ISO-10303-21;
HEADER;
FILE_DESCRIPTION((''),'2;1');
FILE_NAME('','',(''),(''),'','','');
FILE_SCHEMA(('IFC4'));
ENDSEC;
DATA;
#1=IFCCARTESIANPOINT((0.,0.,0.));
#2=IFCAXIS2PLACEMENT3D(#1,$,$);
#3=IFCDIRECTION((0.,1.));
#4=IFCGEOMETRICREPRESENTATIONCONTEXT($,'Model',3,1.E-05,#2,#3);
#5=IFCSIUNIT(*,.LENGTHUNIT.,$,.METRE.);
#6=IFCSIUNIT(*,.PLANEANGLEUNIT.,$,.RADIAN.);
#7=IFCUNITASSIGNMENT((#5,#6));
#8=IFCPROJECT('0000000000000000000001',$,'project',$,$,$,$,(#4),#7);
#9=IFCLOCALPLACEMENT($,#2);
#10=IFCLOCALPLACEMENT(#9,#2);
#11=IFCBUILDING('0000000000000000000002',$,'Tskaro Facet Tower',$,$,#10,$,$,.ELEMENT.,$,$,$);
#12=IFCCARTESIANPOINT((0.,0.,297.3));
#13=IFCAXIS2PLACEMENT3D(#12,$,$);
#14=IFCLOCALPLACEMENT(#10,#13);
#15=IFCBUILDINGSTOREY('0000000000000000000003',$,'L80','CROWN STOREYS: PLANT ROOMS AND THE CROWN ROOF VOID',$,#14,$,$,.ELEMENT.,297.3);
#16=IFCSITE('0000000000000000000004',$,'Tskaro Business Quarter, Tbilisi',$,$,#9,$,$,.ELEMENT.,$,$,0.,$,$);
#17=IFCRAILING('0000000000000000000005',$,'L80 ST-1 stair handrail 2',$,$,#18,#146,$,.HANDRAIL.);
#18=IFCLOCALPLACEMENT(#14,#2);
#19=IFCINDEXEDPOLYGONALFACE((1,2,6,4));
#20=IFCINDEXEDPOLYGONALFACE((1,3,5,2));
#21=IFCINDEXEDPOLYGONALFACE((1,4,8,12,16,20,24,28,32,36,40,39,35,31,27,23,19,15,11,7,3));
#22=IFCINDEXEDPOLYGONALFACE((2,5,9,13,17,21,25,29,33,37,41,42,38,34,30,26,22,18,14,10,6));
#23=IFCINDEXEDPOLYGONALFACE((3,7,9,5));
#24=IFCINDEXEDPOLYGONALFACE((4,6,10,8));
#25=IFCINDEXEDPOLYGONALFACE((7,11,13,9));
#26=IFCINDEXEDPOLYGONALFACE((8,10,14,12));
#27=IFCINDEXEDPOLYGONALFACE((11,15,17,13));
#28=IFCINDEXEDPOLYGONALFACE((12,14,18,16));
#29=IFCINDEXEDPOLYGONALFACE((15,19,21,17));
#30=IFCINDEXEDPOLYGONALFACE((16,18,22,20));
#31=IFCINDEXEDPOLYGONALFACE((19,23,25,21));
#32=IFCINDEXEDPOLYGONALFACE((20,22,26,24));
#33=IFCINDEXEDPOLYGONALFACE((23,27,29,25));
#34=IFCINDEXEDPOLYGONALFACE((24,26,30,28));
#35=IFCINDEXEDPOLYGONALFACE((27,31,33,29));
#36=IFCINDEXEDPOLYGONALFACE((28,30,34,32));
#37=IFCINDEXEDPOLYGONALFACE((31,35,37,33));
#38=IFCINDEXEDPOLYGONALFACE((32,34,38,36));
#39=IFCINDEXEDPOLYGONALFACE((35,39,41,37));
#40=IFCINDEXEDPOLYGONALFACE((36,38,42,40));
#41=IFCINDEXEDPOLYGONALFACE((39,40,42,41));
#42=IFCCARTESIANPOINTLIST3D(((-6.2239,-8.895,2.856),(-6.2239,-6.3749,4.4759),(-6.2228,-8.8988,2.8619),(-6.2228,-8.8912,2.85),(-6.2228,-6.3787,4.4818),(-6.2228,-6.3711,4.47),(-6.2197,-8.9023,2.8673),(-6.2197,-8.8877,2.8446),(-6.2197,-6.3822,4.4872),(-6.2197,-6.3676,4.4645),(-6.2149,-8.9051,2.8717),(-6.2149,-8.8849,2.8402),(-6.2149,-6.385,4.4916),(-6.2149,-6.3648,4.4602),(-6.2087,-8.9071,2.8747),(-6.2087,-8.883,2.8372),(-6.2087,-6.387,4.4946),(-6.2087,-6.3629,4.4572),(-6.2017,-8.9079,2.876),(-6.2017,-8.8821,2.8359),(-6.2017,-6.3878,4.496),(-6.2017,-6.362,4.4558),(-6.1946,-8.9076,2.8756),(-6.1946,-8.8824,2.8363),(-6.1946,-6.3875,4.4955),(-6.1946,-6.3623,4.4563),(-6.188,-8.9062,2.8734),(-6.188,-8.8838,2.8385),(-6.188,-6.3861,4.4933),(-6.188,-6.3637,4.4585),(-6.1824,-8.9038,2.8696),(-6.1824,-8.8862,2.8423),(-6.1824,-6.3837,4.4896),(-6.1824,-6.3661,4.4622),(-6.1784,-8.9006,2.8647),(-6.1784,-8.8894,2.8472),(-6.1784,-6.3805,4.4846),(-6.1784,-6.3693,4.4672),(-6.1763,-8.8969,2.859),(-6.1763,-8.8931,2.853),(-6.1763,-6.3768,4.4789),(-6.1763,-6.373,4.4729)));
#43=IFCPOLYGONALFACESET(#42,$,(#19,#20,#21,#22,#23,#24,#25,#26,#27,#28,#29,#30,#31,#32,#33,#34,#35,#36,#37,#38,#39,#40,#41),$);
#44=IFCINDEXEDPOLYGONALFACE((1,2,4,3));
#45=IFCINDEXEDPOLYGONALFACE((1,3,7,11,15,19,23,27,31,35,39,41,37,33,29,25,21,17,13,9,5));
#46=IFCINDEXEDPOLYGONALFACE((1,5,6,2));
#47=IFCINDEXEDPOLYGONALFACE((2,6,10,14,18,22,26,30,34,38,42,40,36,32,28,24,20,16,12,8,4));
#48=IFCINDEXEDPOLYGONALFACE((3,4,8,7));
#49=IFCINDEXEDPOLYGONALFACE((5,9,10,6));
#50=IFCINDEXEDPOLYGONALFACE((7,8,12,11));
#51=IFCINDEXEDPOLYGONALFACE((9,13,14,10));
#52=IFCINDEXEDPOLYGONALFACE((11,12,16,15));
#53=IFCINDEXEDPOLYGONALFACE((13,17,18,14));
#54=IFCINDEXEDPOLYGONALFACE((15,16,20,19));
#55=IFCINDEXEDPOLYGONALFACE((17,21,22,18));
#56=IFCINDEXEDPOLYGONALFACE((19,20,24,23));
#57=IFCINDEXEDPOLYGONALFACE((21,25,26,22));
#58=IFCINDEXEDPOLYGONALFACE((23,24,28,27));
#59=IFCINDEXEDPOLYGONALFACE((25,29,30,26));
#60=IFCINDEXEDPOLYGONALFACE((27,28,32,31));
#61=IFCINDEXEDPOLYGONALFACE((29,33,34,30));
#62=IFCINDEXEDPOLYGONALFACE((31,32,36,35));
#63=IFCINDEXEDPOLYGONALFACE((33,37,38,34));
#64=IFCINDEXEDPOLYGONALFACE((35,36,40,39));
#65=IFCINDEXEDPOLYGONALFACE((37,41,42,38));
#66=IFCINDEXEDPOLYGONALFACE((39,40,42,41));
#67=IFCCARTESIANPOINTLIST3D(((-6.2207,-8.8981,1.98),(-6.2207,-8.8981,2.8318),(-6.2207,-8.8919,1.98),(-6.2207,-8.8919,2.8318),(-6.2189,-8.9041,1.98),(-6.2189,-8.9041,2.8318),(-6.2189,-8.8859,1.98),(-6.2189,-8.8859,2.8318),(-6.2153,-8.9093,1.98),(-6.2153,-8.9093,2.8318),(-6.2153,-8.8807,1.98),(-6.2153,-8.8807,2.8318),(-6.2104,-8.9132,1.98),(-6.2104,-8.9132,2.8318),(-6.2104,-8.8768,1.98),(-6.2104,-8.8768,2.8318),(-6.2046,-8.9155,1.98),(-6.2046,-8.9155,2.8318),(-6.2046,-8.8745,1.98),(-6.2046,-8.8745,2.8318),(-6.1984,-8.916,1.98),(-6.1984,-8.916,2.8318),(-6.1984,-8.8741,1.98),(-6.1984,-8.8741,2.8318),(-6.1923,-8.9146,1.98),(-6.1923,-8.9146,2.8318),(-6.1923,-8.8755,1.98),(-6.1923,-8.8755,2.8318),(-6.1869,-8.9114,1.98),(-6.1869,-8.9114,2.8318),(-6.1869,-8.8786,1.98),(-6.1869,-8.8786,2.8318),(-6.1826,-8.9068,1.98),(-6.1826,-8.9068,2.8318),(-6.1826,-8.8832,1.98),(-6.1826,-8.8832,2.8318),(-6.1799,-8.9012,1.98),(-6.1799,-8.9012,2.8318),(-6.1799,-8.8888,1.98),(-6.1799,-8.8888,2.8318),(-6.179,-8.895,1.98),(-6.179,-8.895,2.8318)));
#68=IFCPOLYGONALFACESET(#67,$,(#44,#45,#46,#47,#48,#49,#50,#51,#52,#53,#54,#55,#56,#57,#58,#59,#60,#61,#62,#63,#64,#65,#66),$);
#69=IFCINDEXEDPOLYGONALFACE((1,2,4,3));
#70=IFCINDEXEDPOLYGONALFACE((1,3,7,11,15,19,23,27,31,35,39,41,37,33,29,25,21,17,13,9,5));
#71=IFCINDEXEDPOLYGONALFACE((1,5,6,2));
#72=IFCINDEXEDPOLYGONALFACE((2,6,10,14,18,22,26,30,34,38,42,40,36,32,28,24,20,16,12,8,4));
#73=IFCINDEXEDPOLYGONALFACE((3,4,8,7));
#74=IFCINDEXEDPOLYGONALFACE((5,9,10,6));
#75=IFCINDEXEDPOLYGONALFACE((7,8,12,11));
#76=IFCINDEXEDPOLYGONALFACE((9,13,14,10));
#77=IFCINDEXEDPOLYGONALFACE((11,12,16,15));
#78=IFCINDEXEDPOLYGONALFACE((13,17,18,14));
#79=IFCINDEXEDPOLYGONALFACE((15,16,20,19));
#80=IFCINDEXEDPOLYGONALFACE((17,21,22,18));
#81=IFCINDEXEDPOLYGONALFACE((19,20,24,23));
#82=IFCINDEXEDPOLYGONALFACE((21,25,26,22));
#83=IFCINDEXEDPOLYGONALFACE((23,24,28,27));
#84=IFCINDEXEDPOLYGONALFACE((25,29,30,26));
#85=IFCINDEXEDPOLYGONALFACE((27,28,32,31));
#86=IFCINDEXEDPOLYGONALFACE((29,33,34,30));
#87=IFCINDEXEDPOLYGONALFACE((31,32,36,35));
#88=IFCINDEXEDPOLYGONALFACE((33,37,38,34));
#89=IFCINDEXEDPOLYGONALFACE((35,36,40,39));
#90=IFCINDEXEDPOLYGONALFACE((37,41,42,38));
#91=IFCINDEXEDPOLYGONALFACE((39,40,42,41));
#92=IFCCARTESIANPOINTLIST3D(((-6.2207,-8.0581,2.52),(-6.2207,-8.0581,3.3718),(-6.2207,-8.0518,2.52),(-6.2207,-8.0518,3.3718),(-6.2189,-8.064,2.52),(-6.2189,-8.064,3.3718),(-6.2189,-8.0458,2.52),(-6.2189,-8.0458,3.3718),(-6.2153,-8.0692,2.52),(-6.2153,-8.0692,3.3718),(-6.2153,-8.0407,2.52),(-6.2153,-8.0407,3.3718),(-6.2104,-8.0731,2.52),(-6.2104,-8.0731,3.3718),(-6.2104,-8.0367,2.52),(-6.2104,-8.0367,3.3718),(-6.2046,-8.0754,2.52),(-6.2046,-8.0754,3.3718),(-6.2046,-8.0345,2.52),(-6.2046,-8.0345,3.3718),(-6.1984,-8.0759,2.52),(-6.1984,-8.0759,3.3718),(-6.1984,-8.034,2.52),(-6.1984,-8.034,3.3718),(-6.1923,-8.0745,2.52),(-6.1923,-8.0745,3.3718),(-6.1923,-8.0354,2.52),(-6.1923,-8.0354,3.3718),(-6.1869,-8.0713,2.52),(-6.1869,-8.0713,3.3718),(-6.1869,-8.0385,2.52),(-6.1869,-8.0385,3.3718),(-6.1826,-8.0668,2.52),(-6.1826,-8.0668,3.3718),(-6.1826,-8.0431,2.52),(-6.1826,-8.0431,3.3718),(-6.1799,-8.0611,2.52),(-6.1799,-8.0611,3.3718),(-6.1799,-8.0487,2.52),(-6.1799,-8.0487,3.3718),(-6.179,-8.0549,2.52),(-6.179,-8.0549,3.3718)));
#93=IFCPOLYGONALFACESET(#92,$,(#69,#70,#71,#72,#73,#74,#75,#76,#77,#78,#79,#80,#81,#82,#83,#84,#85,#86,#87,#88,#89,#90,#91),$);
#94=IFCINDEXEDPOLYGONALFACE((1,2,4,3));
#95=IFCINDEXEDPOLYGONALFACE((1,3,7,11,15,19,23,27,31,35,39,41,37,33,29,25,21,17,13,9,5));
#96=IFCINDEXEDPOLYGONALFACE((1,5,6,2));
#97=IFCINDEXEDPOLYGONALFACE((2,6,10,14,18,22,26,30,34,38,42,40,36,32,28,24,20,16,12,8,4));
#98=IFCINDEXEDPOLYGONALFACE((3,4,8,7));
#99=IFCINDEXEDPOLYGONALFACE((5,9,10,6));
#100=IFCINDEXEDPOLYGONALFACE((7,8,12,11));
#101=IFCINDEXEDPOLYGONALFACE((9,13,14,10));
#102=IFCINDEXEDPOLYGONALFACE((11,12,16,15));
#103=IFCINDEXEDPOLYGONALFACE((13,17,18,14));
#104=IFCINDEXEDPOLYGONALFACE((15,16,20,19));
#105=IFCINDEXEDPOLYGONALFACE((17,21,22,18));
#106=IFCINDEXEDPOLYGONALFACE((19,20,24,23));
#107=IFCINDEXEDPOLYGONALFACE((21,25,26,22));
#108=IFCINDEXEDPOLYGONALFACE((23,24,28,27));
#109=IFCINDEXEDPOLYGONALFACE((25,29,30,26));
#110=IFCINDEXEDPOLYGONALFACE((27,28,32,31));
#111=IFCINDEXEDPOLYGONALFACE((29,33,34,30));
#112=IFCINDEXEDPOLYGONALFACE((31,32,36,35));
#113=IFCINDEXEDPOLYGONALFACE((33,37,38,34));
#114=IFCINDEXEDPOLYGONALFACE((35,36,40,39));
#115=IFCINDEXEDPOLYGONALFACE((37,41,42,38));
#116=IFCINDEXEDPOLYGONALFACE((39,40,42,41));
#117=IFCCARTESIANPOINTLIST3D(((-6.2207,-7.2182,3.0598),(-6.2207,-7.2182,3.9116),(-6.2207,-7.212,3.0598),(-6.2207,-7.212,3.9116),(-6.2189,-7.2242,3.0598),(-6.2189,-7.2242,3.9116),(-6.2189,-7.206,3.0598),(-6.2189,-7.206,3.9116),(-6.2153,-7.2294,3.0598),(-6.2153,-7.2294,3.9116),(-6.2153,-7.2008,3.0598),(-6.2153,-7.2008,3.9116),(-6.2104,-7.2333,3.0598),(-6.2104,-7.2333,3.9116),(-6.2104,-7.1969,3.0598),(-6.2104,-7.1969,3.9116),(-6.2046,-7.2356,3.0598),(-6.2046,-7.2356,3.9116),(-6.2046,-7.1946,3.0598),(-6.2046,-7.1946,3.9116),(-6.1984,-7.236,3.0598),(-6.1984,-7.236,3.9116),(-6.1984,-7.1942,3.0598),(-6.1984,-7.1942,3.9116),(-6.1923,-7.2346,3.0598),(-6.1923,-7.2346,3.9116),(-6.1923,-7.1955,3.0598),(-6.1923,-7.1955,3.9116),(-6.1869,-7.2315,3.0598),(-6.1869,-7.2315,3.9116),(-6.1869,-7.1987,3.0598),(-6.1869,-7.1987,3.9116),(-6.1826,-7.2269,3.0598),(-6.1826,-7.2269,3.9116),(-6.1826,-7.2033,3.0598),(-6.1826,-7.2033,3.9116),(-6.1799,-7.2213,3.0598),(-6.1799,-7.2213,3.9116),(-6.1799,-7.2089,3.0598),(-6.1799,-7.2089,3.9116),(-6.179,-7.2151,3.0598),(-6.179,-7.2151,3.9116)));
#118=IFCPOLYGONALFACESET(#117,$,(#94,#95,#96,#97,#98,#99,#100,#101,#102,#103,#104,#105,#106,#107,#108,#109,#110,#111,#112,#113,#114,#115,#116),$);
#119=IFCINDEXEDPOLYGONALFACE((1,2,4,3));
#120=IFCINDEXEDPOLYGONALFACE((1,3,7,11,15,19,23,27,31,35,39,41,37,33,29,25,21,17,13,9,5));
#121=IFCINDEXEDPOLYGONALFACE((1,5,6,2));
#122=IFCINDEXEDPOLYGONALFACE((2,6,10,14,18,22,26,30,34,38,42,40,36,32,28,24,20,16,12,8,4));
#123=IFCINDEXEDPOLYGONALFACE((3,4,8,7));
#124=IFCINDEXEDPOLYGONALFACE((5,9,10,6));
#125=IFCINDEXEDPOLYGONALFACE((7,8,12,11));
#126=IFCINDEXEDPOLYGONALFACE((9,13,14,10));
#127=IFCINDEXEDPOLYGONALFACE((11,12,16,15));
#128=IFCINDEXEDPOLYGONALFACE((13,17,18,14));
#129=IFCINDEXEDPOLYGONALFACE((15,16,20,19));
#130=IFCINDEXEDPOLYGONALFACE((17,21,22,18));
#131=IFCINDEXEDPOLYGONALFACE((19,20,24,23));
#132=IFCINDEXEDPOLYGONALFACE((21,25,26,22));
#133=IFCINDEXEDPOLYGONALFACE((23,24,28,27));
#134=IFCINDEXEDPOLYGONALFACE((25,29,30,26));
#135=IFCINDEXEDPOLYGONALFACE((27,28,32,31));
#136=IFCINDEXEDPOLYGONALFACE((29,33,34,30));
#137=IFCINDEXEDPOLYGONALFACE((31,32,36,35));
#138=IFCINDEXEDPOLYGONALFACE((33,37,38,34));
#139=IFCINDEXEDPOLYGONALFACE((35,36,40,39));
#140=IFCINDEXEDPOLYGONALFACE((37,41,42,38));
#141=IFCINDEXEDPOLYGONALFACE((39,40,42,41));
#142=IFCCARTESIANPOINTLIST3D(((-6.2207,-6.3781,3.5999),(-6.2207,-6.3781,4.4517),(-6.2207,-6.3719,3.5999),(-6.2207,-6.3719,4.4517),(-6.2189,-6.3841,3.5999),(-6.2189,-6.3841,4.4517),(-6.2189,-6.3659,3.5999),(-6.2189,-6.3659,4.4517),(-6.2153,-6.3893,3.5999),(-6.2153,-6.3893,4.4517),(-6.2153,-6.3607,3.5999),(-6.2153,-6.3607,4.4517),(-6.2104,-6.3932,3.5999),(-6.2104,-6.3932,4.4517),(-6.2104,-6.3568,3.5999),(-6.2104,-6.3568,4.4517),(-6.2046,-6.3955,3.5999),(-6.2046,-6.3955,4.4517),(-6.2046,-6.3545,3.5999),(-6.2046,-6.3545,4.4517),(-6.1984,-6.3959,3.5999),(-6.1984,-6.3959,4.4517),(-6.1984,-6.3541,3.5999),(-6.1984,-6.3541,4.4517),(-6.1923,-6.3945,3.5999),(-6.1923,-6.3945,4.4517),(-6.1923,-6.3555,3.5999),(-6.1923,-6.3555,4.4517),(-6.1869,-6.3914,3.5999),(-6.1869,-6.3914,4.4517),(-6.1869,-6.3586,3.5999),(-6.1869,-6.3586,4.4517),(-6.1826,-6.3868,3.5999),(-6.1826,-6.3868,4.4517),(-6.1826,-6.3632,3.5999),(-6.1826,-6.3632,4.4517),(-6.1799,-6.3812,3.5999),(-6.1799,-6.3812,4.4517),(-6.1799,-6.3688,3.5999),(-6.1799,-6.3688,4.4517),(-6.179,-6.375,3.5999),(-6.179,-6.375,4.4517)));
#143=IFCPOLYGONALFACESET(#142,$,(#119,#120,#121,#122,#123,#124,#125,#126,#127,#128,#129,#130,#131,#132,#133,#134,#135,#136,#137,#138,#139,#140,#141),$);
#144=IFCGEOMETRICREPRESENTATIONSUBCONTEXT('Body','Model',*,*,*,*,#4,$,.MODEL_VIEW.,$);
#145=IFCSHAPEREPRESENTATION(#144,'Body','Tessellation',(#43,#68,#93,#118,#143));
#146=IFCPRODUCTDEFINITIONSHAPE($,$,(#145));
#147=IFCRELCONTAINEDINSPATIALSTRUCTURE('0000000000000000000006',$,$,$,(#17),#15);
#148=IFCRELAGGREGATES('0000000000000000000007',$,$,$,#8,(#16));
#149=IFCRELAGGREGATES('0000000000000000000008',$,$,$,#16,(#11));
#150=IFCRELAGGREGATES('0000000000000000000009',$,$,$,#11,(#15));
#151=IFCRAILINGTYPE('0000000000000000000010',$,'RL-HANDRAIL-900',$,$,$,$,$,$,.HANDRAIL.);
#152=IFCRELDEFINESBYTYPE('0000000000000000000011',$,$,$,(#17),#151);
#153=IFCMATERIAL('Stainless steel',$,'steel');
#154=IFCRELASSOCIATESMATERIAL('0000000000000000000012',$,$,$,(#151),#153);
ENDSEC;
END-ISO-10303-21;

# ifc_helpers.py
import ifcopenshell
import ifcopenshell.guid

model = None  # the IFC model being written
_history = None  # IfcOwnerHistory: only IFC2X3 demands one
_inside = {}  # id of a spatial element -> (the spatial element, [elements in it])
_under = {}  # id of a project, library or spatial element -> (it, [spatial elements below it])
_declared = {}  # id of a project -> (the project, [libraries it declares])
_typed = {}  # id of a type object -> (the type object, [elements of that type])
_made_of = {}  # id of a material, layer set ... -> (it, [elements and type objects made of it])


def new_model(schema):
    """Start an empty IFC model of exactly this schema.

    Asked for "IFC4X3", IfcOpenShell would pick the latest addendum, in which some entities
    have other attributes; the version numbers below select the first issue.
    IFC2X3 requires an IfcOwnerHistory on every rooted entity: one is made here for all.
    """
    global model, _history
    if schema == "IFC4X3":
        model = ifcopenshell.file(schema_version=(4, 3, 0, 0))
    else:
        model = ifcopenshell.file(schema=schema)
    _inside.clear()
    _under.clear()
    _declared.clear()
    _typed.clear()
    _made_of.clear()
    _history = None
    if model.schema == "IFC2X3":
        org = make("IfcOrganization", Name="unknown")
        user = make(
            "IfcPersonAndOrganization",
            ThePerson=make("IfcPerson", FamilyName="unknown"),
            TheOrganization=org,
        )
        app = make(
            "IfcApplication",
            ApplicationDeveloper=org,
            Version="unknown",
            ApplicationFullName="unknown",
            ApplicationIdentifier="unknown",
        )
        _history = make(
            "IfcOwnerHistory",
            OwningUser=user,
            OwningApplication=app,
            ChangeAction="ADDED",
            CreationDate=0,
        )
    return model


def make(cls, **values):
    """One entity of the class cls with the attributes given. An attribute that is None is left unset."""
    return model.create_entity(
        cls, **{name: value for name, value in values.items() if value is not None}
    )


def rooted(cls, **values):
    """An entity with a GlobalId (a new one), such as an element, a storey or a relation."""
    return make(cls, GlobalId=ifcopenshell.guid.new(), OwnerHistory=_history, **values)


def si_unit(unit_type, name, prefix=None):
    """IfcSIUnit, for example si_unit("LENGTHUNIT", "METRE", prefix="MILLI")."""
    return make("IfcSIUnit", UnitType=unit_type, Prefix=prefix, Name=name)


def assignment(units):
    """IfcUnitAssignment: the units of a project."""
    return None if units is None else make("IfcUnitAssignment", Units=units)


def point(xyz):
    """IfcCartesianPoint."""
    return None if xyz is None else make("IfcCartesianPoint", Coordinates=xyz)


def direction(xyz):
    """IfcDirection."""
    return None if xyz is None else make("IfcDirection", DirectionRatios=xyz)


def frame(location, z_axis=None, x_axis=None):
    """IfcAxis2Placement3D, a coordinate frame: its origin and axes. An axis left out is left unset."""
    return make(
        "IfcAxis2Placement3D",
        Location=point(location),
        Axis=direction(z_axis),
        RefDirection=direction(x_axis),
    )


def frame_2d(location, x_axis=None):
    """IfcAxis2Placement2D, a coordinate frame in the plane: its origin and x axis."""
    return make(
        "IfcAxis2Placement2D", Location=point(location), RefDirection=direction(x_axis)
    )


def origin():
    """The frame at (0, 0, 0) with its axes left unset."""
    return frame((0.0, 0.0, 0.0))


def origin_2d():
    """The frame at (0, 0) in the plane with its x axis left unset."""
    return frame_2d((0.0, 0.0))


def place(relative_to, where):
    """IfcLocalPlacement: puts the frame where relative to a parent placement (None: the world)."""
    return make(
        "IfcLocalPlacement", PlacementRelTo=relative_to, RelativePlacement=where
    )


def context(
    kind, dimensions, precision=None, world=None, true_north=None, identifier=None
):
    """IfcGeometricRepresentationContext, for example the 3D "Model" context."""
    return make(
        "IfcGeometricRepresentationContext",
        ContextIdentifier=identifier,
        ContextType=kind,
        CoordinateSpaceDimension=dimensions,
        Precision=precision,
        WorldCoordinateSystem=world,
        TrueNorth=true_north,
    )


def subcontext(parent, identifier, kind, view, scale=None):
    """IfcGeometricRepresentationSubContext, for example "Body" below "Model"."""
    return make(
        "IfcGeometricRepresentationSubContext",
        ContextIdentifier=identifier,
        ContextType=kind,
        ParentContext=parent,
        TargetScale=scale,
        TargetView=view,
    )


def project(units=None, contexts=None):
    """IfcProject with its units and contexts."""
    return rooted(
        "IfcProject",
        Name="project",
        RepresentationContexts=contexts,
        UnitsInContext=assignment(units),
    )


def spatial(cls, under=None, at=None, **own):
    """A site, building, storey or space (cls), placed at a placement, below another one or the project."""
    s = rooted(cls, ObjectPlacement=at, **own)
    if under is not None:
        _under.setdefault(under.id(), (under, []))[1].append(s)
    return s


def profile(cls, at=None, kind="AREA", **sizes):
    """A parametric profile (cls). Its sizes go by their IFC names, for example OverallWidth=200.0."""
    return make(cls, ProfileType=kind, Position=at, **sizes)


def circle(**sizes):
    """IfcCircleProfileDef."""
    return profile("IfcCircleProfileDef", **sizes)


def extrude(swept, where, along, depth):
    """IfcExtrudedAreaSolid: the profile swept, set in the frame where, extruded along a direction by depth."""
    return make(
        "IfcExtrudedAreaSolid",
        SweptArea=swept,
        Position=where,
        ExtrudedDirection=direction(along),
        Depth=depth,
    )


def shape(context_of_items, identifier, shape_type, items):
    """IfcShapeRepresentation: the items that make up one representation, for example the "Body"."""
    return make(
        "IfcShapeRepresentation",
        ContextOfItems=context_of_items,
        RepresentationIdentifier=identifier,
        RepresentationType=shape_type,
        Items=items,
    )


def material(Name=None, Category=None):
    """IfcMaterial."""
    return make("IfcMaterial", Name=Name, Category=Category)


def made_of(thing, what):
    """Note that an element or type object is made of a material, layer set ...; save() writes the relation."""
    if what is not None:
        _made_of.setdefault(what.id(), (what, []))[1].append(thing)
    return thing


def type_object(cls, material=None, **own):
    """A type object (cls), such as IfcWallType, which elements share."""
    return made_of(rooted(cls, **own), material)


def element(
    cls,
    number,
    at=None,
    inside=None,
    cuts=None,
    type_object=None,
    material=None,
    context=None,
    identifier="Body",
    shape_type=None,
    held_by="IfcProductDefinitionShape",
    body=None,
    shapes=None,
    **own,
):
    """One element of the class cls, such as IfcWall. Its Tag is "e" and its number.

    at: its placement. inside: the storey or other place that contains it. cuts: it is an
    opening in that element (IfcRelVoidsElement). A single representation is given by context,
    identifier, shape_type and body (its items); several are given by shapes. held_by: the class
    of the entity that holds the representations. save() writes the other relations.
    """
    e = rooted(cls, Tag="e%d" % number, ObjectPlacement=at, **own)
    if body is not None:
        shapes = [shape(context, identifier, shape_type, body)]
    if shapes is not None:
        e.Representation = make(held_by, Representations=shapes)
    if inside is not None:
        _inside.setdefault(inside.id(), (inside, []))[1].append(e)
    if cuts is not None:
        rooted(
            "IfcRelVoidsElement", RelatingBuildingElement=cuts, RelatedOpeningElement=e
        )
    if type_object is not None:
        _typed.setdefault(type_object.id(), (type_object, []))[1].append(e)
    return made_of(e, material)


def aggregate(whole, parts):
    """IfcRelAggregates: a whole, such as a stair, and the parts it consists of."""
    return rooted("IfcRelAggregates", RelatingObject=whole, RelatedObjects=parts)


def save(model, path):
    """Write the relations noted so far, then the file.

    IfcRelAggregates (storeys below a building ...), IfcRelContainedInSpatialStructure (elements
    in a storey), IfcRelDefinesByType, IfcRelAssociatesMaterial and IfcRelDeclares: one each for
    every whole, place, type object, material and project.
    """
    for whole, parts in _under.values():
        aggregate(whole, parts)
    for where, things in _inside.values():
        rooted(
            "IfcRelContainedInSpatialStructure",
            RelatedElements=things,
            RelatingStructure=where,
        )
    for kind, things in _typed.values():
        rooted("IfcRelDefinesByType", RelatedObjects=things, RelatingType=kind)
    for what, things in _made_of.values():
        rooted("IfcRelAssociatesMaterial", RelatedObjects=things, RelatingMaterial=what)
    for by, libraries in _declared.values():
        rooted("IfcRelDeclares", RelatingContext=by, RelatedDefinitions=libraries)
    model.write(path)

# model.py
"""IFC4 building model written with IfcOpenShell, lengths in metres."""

from ifc_helpers import new_model, si_unit, direction, frame, origin, origin_2d, place, context, subcontext, project, spatial, circle, extrude, material, type_object, element, save


model = new_model("IFC4")

# Units and contexts
model_context = context("Model", 3, precision=1e-05, world=origin(), true_north=direction((0.0, 1.0)))
body_context = subcontext(model_context, "Body", "Model", "MODEL_VIEW")
ifc_project = project(units=[si_unit("LENGTHUNIT", "METRE"), si_unit("PLANEANGLEUNIT", "RADIAN")], contexts=[model_context])

# Site, building, storey
site_placement = place(None, origin())
site = spatial("IfcSite", under=ifc_project, at=site_placement, Name="Tskaro Business Quarter, Tbilisi", CompositionType="ELEMENT", RefElevation=0.0)
building_placement = place(site_placement, origin())
building = spatial("IfcBuilding", under=site, at=building_placement, Name="Tskaro Facet Tower", CompositionType="ELEMENT")
storey_placement = place(building_placement, frame((0.0, 0.0, 297.3)))
storey = spatial("IfcBuildingStorey", under=building, at=storey_placement, Name="L80", Description="CROWN STOREYS: PLANT ROOMS AND THE CROWN ROOF VOID", CompositionType="ELEMENT", Elevation=297.3)

# Railing
ifc_material_1 = material(Name="Stainless steel", Category="steel")
railing_type_1 = type_object("IfcRailingType", Name="RL-HANDRAIL-900", PredefinedType="HANDRAIL", material=ifc_material_1)
railing_1_placement = place(storey_placement, frame((-6.2, -8.895, 1.98)))
element("IfcRailing", 1, at=railing_1_placement, inside=storey, type_object=railing_type_1, Name="L80 ST-1 stair handrail 2", PredefinedType="HANDRAIL", context=body_context, shape_type="SweptSolid", body=[
    extrude(circle(Radius=0.0239, at=origin_2d()), frame((0.0, 0.0, 0.876), z_axis=(0.0, 0.8412, 0.540725), x_axis=(-1.0, 0.0, 0.0)), (0.0, 0.0, 1.0), 2.9958),
    extrude(circle(Radius=0.021, at=origin_2d()), origin(), (0.0, 0.0, 1.0), 0.8518),
    extrude(circle(Radius=0.021, at=origin_2d()), frame((0.0, 0.8401, 0.54)), (0.0, 0.0, 1.0), 0.8518),
    extrude(circle(Radius=0.021, at=origin_2d()), frame((0.0, 1.6799, 1.0798)), (0.0, 0.0, 1.0), 0.8518),
    extrude(circle(Radius=0.021, at=origin_2d()), frame((0.0, 2.52, 1.6199)), (0.0, 0.0, 1.0), 0.8518),
])

save(model, "model.ifc")
